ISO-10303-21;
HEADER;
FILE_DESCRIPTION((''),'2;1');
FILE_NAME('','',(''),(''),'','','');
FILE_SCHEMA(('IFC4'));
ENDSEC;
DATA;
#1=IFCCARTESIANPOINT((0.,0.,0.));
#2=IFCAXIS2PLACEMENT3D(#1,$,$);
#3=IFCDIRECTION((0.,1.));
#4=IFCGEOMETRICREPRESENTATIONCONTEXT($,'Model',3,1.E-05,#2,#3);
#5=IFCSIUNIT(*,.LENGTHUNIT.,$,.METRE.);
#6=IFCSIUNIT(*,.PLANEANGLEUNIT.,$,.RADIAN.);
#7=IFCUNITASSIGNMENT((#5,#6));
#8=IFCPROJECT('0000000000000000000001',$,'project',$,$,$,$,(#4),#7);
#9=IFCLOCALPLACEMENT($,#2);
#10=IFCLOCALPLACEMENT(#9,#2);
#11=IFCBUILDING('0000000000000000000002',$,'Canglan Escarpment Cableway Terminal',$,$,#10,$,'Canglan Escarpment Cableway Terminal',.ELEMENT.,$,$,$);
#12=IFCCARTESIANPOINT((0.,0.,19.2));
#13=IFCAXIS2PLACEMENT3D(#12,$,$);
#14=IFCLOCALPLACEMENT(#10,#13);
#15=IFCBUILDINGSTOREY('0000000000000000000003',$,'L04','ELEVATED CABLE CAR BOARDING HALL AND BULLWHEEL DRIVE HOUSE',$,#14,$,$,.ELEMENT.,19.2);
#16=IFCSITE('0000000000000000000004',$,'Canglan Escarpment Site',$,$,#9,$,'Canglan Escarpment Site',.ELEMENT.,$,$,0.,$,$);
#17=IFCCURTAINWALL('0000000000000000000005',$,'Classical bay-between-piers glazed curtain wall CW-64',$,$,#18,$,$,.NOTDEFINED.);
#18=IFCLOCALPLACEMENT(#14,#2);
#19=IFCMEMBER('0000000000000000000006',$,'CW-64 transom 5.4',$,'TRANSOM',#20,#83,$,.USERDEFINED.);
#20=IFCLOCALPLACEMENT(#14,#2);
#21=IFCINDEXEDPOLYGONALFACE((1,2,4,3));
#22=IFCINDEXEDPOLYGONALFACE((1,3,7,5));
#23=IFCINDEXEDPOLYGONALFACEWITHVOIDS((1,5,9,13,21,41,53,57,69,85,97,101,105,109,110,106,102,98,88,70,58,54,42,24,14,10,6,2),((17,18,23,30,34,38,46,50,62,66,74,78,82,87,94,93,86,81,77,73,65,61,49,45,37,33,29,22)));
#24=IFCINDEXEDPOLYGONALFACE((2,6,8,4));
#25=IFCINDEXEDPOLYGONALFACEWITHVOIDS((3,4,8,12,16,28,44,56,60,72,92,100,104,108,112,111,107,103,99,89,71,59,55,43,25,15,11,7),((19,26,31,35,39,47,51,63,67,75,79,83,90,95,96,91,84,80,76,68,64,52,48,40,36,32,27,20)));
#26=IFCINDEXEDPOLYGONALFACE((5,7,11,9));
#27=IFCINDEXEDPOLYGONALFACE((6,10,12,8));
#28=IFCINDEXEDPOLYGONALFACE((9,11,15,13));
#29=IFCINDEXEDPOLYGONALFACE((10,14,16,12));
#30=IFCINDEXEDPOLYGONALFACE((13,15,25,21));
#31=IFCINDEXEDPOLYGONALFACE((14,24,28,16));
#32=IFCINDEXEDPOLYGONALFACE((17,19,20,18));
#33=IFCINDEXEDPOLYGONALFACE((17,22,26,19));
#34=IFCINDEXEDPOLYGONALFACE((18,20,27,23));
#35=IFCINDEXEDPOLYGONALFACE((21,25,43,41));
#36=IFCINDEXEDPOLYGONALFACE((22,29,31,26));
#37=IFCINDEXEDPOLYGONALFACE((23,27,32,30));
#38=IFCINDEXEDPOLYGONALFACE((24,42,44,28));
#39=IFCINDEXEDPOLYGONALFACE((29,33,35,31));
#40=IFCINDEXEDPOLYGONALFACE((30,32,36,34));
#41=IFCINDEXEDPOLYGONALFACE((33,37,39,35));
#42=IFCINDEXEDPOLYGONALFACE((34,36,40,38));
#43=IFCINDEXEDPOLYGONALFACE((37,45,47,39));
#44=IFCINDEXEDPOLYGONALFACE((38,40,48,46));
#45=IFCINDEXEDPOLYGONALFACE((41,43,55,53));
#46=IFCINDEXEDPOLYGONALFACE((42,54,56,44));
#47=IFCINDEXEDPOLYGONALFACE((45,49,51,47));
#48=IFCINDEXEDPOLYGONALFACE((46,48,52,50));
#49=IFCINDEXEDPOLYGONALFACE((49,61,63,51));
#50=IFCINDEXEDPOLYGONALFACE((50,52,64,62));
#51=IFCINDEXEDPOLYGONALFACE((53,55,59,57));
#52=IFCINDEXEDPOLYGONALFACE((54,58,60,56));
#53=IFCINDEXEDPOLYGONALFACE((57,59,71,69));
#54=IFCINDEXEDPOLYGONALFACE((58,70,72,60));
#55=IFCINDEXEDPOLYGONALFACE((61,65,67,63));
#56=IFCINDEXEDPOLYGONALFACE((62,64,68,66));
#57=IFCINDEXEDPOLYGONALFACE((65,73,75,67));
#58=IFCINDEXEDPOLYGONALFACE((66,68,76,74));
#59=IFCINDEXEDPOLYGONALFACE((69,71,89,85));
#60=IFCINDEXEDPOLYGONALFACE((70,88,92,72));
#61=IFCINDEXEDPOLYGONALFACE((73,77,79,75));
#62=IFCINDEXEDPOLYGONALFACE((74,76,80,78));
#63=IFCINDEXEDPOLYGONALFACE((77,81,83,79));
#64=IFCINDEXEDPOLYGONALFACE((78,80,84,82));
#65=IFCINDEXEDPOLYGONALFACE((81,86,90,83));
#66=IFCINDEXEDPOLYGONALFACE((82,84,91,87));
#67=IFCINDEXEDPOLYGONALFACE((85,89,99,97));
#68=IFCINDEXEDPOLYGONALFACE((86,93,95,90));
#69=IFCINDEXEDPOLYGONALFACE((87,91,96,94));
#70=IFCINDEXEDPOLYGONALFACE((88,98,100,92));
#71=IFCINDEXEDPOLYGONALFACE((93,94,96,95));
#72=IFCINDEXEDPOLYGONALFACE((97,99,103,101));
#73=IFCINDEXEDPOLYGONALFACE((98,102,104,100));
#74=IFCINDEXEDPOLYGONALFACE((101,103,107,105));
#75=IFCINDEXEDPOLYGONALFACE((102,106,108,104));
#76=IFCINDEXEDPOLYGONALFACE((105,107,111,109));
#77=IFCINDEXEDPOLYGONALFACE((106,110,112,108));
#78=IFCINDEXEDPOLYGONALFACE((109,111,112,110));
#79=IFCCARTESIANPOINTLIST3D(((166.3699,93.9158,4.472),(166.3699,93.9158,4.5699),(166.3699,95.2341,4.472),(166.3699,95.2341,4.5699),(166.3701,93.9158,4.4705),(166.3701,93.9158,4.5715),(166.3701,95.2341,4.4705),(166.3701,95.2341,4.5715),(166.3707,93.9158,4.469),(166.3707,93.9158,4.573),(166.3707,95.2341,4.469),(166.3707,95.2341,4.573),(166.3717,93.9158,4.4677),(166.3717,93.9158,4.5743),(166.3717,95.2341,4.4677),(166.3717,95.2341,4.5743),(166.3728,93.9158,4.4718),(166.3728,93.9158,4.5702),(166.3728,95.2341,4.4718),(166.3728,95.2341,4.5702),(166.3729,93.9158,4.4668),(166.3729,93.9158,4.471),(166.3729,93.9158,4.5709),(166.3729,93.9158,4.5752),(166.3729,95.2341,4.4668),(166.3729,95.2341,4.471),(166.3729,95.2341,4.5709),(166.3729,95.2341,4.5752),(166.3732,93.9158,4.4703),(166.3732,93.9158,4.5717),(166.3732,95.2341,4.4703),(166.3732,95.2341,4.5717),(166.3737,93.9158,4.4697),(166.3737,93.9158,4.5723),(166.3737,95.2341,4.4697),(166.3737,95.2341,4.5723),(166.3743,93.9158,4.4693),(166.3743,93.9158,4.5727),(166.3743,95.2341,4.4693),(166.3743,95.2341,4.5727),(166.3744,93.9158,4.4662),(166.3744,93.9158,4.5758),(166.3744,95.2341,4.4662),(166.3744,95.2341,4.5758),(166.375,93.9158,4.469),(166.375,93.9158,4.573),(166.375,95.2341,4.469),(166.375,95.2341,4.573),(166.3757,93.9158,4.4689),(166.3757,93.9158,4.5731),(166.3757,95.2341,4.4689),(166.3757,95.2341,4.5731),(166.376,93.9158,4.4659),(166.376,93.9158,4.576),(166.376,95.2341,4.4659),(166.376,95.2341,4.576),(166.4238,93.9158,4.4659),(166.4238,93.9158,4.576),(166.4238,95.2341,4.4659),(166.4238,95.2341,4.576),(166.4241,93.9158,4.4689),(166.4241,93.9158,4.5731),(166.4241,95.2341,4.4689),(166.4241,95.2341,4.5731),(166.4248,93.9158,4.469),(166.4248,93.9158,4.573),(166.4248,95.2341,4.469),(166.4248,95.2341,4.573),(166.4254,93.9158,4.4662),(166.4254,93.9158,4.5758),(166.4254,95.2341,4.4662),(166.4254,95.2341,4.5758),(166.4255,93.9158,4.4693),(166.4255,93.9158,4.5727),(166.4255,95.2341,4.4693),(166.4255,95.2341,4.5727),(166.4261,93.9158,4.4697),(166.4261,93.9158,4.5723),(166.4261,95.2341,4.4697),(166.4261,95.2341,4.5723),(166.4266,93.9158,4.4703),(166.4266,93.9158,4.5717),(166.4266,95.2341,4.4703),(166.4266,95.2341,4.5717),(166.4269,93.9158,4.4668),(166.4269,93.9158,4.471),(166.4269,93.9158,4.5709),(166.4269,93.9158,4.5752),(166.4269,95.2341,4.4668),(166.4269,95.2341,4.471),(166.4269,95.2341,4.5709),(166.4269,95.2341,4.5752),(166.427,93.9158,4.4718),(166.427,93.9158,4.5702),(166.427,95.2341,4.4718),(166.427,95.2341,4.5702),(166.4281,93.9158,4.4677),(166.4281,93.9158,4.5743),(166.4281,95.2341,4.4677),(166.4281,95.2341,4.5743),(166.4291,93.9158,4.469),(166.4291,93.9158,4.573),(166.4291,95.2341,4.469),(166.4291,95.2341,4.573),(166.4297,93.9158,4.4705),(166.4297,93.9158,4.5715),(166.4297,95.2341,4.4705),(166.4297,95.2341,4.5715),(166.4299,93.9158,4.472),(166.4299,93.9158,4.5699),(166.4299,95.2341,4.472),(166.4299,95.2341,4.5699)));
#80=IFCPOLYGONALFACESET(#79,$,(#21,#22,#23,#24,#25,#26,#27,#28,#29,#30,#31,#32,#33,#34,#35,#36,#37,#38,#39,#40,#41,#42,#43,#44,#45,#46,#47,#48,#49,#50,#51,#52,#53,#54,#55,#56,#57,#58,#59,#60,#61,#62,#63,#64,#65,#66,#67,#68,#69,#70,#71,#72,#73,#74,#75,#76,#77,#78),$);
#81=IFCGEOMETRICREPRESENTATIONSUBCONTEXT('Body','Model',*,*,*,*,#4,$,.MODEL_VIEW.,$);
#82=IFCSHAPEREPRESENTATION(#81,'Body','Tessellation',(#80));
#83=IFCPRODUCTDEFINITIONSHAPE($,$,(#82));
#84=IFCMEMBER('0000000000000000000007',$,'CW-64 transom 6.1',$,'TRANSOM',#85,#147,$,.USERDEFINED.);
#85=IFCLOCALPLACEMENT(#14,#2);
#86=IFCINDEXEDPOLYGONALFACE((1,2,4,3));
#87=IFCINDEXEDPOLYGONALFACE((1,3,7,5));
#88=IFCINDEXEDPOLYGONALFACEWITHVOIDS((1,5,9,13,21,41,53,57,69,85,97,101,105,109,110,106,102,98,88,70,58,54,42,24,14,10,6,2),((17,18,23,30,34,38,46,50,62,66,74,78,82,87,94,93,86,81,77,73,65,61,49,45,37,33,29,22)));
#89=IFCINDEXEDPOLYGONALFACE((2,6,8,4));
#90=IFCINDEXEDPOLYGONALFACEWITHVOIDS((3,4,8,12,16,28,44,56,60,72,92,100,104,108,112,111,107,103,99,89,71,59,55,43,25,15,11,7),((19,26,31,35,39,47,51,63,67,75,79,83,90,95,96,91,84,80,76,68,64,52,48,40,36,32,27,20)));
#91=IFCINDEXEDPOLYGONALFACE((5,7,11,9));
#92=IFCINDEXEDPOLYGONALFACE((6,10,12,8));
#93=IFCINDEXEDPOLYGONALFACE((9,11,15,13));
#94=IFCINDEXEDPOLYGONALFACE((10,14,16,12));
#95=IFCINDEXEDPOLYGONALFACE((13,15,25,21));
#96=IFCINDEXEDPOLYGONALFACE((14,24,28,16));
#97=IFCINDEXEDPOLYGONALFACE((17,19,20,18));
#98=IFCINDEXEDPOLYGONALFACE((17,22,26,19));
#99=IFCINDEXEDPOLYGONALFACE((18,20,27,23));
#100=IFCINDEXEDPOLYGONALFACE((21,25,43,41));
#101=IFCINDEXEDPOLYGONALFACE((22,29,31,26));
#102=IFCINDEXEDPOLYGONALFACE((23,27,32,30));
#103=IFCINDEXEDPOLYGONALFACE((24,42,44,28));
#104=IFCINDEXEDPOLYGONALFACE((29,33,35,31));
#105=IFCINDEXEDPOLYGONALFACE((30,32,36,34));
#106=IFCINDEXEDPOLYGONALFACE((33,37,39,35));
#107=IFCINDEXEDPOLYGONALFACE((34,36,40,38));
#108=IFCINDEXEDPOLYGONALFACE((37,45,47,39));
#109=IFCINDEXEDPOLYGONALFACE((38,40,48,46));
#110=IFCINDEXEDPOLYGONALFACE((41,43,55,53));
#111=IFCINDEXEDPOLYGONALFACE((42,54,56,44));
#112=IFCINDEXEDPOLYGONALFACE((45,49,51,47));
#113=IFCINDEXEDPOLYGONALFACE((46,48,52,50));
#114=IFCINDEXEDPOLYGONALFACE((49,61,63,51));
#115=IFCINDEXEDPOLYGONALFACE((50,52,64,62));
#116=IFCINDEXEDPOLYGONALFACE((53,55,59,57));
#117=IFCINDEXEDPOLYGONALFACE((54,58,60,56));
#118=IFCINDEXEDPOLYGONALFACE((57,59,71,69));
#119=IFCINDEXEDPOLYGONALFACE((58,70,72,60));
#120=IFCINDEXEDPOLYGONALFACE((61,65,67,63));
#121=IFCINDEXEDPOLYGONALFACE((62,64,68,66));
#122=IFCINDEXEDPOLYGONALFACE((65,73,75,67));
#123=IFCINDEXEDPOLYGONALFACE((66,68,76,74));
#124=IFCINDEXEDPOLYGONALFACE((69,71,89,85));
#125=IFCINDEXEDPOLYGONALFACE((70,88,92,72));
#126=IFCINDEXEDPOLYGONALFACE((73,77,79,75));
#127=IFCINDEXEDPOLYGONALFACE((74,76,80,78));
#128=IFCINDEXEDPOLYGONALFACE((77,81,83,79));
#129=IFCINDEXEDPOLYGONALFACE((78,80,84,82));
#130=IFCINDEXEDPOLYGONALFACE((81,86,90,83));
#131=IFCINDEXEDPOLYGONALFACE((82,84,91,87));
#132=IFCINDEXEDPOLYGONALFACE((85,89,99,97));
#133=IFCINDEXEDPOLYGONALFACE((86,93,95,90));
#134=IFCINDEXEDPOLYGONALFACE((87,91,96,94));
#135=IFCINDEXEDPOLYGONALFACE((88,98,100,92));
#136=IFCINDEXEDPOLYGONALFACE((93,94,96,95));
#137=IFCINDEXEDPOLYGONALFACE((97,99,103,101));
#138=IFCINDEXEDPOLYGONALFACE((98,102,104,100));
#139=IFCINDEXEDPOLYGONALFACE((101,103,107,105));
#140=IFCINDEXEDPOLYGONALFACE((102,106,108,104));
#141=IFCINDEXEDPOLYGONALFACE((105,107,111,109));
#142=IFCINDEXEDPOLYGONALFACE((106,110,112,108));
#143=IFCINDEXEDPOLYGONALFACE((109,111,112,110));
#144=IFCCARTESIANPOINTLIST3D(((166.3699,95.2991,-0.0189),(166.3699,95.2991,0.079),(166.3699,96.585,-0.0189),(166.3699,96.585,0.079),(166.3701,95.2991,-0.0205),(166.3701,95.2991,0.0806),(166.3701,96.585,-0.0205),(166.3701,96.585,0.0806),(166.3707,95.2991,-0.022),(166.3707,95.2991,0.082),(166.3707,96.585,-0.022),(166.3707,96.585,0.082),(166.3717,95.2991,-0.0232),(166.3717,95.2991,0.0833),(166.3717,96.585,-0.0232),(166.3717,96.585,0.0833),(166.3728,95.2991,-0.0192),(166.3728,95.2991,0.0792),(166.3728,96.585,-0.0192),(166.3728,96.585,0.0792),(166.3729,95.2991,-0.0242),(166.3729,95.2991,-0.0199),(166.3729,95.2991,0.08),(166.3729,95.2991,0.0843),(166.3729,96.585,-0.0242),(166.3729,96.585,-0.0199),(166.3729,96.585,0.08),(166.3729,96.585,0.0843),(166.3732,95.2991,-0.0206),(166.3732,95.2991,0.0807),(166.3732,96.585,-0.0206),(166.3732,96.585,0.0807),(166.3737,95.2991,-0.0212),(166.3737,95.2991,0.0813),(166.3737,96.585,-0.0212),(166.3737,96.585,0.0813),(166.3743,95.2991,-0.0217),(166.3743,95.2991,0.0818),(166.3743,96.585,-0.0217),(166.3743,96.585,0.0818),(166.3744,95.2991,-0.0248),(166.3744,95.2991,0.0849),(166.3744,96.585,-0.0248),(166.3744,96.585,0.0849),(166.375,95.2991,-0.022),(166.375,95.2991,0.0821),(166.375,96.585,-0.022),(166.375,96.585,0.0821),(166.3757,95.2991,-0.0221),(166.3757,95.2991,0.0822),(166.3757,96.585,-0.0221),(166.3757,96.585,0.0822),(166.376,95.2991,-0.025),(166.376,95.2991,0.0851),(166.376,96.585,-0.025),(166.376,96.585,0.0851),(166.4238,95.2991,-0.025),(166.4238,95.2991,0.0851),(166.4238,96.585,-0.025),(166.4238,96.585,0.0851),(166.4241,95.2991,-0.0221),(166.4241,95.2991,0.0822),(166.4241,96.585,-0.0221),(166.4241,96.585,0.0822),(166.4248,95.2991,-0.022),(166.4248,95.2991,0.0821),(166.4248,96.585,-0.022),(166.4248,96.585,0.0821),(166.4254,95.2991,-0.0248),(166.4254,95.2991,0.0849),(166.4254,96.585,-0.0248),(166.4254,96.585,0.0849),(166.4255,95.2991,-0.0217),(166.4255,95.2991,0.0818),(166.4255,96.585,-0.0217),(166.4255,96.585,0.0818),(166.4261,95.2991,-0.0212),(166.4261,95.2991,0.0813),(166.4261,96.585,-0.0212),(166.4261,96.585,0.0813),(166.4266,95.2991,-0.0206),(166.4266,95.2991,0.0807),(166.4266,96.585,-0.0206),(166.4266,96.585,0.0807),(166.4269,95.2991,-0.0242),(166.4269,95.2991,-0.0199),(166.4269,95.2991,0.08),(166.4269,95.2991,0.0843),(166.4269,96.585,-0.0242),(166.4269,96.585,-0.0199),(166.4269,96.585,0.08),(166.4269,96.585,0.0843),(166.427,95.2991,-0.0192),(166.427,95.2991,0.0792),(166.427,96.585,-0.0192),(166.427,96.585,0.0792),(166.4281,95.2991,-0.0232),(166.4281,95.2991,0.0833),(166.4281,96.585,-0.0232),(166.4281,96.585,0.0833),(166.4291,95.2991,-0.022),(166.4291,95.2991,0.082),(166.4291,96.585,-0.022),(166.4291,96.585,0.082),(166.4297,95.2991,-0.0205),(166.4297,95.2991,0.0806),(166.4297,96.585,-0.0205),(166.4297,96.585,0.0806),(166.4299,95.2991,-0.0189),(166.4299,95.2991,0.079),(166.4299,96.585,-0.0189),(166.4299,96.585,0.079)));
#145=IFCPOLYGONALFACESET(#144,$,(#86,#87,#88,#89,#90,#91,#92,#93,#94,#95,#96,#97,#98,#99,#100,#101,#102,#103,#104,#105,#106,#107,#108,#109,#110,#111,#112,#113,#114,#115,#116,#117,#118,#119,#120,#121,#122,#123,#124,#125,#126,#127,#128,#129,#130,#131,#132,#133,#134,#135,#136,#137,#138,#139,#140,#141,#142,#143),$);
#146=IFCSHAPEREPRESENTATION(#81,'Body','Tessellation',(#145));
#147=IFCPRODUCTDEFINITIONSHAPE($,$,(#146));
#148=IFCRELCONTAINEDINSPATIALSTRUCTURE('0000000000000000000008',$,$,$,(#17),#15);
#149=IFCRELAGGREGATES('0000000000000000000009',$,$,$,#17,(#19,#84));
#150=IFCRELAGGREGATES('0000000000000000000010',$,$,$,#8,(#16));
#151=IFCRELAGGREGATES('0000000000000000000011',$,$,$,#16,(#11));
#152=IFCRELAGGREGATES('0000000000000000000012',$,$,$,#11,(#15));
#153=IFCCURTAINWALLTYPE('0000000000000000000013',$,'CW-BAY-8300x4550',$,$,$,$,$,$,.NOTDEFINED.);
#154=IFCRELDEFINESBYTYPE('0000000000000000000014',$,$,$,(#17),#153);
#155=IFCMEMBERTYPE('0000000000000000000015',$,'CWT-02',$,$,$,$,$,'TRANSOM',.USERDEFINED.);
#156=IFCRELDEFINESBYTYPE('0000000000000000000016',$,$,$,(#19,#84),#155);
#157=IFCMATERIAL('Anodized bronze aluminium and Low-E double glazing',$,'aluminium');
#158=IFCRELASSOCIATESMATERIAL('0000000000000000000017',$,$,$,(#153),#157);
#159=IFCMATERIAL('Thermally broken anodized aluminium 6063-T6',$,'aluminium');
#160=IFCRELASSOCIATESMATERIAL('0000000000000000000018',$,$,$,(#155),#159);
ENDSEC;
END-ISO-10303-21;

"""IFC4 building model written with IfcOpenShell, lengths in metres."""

from ifc_helpers import new_model, si_unit, direction, frame, origin, origin_2d, place, context, subcontext, project, spatial, hollow_rectangle, extrude, material, material_profile, profile_set, type_object, element, aggregate, save


model = new_model("IFC4")

# Units and contexts
model_context = context("Model", 3, precision=1e-05, world=origin(), true_north=direction((0.0, 1.0)))
body_context = subcontext(model_context, "Body", "Model", "MODEL_VIEW")
ifc_project = project(units=[si_unit("LENGTHUNIT", "METRE"), si_unit("PLANEANGLEUNIT", "RADIAN")], contexts=[model_context])

# Site, building, storey
site_placement = place(None, origin())
site = spatial("IfcSite", under=ifc_project, at=site_placement, Name="Canglan Escarpment Site", LongName="Canglan Escarpment Site", CompositionType="ELEMENT", RefElevation=0.0)
building_placement = place(site_placement, origin())
building = spatial("IfcBuilding", under=site, at=building_placement, Name="Canglan Escarpment Cableway Terminal", LongName="Canglan Escarpment Cableway Terminal", CompositionType="ELEMENT")
storey_placement = place(building_placement, frame((0.0, 0.0, 19.2)))
storey = spatial("IfcBuildingStorey", under=building, at=storey_placement, Name="L04", Description="ELEVATED CABLE CAR BOARDING HALL AND BULLWHEEL DRIVE HOUSE", CompositionType="ELEMENT", Elevation=19.2)

# Curtain wall
ifc_material_1 = material(Name="Anodized bronze aluminium and Low-E double glazing", Category="aluminium")
curtain_wall_type = type_object("IfcCurtainWallType", Name="CW-BAY-8300x4550", PredefinedType="NOTDEFINED", material=ifc_material_1)
curtain_wall_1_placement = place(storey_placement, origin())
curtain_wall_1 = element("IfcCurtainWall", 1, at=curtain_wall_1_placement, inside=storey, type_object=curtain_wall_type, Name="Classical bay-between-piers glazed curtain wall CW-64", PredefinedType="NOTDEFINED")
ifc_material_2 = material(Name="Thermally broken anodized aluminium 6063-T6", Category="aluminium")

# Members
ifc_material_profile_1 = material_profile(ifc_material_2, hollow_rectangle(XDim=0.0601, YDim=0.1101, WallThickness=0.0029, InnerFilletRadius=0.0029, OuterFilletRadius=0.0061, at=origin_2d()), Name="ALU-TRAN 60x110x3")
ifc_profile_set_1 = profile_set([ifc_material_profile_1], Name="Thermally broken anodized aluminium 6063-T6")
member_type_1 = type_object("IfcMemberType", Name="CWT-02", ElementType="TRANSOM", PredefinedType="USERDEFINED", material=ifc_profile_set_1)
member_1_placement = place(storey_placement, frame((166.3999, 93.9158, 4.521), z_axis=(0.0, 1.0, 0.0), x_axis=(-1.0, 0.0, 0.0)))
member_1 = element("IfcMember", 2, at=member_1_placement, type_object=member_type_1, Name="CW-64 transom 5.4", ObjectType="TRANSOM", PredefinedType="USERDEFINED", context=body_context, shape_type="SweptSolid", body=[
    extrude(hollow_rectangle(XDim=0.0601, YDim=0.1101, WallThickness=0.0029, InnerFilletRadius=0.0029, OuterFilletRadius=0.0061, at=origin_2d()), origin(), (0.0, 0.0, 1.0), 1.3184),
])
member_2_placement = place(storey_placement, frame((166.3999, 95.2991, 0.03), z_axis=(0.0, 1.0, 0.0), x_axis=(-1.0, 0.0, 0.0)))
member_2 = element("IfcMember", 3, at=member_2_placement, type_object=member_type_1, Name="CW-64 transom 6.1", ObjectType="TRANSOM", PredefinedType="USERDEFINED", context=body_context, shape_type="SweptSolid", body=[
    extrude(hollow_rectangle(XDim=0.0601, YDim=0.1101, WallThickness=0.0029, InnerFilletRadius=0.0029, OuterFilletRadius=0.0061, at=origin_2d()), origin(), (0.0, 0.0, 1.0), 1.2859),
])

aggregate(curtain_wall_1, [member_1, member_2])

save(model, "model.ifc")
